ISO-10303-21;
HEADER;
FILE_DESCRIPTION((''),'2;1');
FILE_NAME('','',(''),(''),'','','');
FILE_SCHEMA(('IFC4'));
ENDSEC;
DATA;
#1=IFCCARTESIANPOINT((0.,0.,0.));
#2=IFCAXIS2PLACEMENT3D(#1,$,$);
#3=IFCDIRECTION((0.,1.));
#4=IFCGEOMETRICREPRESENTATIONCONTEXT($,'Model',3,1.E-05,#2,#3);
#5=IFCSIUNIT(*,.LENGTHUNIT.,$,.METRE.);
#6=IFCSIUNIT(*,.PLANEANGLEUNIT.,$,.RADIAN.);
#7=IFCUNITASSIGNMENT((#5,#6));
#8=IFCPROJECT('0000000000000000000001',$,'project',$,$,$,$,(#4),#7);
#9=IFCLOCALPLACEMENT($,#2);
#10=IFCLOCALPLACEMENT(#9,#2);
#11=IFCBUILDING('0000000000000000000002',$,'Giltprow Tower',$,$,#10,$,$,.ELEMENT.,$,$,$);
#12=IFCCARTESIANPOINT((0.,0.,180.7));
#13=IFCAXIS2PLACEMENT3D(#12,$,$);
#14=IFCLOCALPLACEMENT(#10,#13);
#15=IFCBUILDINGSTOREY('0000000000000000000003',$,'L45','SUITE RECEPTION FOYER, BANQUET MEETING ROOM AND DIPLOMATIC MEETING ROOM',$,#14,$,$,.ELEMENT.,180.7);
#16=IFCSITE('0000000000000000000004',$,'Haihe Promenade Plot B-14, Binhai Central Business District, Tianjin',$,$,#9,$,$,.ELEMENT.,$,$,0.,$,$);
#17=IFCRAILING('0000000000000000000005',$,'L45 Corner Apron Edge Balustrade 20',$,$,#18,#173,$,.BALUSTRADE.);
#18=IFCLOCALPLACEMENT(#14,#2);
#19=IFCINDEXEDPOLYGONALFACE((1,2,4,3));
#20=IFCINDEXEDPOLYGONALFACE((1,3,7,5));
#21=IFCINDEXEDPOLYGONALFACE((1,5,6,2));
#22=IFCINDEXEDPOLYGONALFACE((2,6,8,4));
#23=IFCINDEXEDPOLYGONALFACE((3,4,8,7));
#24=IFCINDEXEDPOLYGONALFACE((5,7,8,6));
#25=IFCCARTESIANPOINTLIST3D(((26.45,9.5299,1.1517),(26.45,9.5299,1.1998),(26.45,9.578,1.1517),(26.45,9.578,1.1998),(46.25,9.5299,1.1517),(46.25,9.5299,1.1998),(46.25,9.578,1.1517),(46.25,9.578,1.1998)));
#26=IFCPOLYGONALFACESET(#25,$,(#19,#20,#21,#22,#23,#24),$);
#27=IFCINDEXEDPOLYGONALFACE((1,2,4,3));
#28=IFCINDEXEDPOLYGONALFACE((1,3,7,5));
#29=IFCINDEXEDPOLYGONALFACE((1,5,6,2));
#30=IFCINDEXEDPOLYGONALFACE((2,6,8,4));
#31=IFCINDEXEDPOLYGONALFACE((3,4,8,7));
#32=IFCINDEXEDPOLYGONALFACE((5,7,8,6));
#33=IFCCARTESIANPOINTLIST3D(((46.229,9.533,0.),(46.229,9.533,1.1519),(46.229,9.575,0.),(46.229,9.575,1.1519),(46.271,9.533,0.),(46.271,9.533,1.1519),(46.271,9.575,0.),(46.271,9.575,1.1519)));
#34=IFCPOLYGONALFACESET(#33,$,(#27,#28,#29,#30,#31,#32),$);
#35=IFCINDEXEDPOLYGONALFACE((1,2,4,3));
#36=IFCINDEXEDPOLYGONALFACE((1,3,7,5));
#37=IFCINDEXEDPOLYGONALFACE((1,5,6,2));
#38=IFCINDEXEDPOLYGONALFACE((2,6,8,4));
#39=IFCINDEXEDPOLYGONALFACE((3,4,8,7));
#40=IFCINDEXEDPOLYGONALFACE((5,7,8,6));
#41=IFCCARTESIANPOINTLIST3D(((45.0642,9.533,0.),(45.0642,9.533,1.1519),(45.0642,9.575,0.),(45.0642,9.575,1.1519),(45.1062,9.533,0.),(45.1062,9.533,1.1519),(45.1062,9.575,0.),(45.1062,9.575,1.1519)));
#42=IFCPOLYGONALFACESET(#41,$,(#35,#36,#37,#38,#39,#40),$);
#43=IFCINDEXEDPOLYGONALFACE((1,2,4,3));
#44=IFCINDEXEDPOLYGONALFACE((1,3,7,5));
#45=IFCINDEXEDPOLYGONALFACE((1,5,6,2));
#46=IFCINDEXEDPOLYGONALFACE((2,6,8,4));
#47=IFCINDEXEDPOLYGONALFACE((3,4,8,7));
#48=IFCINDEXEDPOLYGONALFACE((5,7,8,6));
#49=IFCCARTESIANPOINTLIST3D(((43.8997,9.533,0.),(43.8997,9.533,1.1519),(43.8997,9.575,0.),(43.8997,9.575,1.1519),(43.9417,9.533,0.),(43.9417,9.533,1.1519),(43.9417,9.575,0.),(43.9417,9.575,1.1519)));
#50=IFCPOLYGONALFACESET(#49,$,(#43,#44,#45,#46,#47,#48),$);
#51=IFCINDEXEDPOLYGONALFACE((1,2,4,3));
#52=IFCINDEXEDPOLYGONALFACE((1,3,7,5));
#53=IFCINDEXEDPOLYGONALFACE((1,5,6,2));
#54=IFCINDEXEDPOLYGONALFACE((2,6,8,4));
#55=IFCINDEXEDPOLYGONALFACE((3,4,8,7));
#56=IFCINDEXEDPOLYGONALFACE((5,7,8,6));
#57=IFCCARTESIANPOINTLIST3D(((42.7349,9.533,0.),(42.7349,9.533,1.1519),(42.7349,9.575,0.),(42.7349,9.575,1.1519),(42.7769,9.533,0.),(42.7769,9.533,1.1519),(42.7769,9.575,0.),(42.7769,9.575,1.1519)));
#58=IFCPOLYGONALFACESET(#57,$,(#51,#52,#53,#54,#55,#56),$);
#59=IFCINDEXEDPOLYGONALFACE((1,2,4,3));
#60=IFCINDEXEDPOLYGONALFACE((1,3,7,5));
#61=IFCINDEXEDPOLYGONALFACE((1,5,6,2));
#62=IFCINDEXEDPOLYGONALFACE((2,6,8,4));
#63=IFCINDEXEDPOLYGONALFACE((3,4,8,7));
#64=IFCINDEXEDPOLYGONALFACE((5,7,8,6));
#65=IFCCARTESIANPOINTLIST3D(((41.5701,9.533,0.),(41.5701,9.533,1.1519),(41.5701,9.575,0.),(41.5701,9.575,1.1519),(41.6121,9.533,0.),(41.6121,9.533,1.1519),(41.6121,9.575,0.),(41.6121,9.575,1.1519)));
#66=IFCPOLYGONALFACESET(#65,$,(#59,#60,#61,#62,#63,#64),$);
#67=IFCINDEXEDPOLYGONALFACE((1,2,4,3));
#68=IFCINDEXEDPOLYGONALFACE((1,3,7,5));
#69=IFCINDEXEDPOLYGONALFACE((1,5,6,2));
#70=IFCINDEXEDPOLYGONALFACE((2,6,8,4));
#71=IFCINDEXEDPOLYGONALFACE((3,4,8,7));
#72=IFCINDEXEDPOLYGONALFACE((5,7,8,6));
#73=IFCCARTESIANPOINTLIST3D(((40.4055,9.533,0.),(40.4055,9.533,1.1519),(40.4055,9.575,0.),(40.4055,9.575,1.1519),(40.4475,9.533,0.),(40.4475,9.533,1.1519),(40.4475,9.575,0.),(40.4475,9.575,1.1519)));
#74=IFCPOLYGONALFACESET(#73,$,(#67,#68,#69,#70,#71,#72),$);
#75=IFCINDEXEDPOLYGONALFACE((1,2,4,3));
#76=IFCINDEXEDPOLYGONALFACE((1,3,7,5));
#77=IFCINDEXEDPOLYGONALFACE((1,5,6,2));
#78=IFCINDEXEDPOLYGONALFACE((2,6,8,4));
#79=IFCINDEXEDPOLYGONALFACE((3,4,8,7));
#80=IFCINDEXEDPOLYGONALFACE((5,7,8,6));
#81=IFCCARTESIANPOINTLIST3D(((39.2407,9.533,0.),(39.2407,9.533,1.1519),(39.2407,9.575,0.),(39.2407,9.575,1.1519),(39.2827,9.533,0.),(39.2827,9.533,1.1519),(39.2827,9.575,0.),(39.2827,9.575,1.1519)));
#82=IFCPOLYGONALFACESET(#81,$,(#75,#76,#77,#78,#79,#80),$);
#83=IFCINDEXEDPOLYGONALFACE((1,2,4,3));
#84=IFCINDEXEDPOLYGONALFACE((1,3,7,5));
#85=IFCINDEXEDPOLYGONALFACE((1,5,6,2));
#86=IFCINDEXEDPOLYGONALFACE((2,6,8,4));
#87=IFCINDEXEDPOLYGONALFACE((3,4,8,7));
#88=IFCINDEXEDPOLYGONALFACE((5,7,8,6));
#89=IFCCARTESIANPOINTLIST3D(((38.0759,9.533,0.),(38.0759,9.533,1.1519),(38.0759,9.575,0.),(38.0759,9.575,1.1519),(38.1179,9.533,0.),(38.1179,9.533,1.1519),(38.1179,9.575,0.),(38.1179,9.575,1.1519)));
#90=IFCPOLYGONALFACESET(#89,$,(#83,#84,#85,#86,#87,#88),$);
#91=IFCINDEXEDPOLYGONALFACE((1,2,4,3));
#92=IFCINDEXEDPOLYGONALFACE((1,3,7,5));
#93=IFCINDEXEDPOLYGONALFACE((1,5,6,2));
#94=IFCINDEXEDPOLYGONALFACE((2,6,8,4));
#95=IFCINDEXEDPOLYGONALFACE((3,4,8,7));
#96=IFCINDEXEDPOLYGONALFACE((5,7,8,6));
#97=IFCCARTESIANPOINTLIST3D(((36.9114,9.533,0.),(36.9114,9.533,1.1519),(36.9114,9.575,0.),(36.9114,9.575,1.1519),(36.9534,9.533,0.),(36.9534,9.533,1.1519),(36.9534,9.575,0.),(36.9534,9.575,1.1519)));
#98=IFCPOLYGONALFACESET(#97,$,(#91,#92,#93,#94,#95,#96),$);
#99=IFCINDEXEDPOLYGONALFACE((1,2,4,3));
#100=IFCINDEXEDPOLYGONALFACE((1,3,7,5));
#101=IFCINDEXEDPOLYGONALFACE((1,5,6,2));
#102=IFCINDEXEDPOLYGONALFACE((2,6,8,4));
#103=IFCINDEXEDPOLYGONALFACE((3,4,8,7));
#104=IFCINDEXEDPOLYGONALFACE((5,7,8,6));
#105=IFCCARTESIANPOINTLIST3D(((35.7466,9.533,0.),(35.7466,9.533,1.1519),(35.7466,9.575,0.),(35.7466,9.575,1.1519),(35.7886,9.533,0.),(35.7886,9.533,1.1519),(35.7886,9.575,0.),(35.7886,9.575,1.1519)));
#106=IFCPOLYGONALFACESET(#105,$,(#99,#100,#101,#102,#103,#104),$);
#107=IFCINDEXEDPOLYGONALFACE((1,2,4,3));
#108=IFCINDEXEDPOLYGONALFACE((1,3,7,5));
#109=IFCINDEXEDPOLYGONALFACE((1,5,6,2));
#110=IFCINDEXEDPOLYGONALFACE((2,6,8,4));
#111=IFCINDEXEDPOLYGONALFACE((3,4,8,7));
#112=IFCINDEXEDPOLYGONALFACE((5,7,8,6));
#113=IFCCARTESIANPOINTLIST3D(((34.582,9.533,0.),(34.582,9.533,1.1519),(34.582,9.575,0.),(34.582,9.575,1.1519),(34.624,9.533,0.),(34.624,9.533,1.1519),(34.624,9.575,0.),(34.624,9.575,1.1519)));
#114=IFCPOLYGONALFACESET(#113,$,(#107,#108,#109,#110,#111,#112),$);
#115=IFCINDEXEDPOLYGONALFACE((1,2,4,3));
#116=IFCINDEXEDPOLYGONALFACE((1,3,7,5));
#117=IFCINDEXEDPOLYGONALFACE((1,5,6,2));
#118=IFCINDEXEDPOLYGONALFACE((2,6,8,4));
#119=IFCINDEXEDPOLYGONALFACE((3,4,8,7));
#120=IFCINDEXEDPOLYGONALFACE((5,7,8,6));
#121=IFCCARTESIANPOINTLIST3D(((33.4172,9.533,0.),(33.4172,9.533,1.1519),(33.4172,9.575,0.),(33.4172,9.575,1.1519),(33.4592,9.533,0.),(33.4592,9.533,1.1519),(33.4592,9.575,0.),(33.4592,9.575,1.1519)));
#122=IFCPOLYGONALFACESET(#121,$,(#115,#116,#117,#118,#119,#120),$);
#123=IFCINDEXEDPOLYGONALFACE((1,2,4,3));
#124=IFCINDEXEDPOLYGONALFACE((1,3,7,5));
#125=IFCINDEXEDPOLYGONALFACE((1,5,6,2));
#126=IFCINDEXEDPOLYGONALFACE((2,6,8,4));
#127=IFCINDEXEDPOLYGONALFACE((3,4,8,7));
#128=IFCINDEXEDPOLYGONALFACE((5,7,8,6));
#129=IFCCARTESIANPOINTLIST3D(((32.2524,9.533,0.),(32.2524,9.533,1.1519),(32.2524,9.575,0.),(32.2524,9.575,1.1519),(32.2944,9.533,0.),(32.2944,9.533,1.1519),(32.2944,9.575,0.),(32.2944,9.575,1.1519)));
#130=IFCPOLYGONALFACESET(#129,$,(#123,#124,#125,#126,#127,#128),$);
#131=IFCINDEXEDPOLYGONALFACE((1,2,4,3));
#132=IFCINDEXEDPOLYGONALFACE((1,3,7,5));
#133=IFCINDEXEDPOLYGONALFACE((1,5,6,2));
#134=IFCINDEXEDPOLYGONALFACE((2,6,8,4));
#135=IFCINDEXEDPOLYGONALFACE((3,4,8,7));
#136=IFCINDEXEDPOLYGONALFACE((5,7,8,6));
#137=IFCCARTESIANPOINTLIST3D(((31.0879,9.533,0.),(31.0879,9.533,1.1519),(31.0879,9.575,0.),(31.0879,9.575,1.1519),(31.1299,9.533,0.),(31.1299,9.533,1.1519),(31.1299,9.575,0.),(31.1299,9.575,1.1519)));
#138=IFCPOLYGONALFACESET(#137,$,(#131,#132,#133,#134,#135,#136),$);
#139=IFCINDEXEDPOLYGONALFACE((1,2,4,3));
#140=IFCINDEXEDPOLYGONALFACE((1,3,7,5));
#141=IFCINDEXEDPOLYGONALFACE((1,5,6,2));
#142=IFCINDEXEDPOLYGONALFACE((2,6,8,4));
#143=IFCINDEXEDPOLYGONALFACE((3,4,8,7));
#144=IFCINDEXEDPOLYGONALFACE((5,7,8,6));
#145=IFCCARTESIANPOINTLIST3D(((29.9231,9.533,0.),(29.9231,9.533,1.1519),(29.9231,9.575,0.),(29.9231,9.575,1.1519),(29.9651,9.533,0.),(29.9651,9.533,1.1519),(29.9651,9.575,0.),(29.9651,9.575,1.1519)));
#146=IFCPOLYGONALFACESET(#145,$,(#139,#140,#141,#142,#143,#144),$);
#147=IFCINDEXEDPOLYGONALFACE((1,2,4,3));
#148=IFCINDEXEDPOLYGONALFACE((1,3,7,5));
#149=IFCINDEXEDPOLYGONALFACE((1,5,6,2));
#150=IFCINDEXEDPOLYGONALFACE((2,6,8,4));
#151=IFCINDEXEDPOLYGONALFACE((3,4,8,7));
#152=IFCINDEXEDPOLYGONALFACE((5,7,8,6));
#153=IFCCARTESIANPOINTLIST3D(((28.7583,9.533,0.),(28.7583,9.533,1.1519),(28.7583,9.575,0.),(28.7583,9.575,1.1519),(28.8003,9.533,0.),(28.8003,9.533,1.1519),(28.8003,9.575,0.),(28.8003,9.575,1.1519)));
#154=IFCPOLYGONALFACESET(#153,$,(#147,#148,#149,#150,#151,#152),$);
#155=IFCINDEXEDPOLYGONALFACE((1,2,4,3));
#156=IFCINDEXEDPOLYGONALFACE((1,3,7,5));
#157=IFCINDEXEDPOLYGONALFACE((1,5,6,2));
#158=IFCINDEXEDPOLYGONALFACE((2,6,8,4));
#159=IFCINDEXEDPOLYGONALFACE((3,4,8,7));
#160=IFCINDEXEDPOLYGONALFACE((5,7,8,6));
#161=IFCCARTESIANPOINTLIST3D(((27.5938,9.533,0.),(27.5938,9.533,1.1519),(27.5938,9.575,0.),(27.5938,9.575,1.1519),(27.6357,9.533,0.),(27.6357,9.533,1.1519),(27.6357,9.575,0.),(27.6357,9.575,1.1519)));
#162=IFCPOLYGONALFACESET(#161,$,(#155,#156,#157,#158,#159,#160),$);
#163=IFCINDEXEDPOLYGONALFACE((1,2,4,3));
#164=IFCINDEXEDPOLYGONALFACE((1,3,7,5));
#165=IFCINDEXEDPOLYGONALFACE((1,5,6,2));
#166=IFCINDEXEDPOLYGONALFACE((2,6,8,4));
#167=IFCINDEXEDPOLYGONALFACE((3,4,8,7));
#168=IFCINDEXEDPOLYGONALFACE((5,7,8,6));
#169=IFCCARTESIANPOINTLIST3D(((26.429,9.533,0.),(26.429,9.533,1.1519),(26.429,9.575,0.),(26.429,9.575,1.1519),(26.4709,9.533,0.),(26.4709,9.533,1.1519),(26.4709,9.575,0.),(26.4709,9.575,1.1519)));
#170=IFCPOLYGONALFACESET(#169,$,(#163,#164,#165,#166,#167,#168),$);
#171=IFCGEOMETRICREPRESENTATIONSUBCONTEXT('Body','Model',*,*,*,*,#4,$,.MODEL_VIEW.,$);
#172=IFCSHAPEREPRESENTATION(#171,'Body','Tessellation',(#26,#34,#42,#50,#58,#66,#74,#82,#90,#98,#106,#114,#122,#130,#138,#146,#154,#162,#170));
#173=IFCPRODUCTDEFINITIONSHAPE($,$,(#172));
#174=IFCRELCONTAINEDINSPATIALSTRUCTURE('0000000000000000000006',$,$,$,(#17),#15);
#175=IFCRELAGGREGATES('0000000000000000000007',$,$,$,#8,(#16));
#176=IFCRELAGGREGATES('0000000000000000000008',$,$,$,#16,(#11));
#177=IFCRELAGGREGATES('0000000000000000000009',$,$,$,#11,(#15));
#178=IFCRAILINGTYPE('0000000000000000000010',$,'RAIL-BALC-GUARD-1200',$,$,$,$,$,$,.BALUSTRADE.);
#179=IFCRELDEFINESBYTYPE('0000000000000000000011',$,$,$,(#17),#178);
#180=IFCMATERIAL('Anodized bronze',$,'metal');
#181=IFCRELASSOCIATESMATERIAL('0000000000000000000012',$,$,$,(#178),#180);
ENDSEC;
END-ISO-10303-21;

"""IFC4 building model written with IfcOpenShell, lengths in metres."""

from ifc_helpers import new_model, si_unit, direction, frame, origin, origin_2d, place, context, subcontext, project, spatial, rectangle, extrude, material, type_object, element, save


model = new_model("IFC4")

# Units and contexts
model_context = context("Model", 3, precision=1e-05, world=origin(), true_north=direction((0.0, 1.0)))
body_context = subcontext(model_context, "Body", "Model", "MODEL_VIEW")
ifc_project = project(units=[si_unit("LENGTHUNIT", "METRE"), si_unit("PLANEANGLEUNIT", "RADIAN")], contexts=[model_context])

# Site, building, storey
site_placement = place(None, origin())
site = spatial("IfcSite", under=ifc_project, at=site_placement, Name="Haihe Promenade Plot B-14, Binhai Central Business District, Tianjin", CompositionType="ELEMENT", RefElevation=0.0)
building_placement = place(site_placement, origin())
building = spatial("IfcBuilding", under=site, at=building_placement, Name="Giltprow Tower", CompositionType="ELEMENT")
storey_placement = place(building_placement, frame((0.0, 0.0, 180.7)))
storey = spatial("IfcBuildingStorey", under=building, at=storey_placement, Name="L45", Description="SUITE RECEPTION FOYER, BANQUET MEETING ROOM AND DIPLOMATIC MEETING ROOM", CompositionType="ELEMENT", Elevation=180.7)

# Shared definitions
ifc_material_1 = material(Name="Anodized bronze", Category="metal")

# Railing
railing_type = type_object("IfcRailingType", Name="RAIL-BALC-GUARD-1200", PredefinedType="BALUSTRADE", material=ifc_material_1)
railing_1_placement = place(storey_placement, frame((46.25, 9.554, 0.0)))
element("IfcRailing", 1, at=railing_1_placement, inside=storey, type_object=railing_type, Name="L45 Corner Apron Edge Balustrade 20", PredefinedType="BALUSTRADE", context=body_context, shape_type="SweptSolid", body=[
    extrude(rectangle(XDim=0.0481, YDim=0.0481, at=origin_2d()), frame((0.0, 0.0, 1.1758), z_axis=(-1.0, 0.0, 0.0), x_axis=(0.0, -1.0, 0.0)), (0.0, 0.0, 1.0), 19.8),
    extrude(rectangle(XDim=0.042, YDim=0.042, at=origin_2d()), origin(), (0.0, 0.0, 1.0), 1.1519),
    extrude(rectangle(XDim=0.042, YDim=0.042, at=origin_2d()), frame((-1.1648, 0.0, 0.0)), (0.0, 0.0, 1.0), 1.1519),
    extrude(rectangle(XDim=0.042, YDim=0.042, at=origin_2d()), frame((-2.3293, 0.0, 0.0)), (0.0, 0.0, 1.0), 1.1519),
    extrude(rectangle(XDim=0.042, YDim=0.042, at=origin_2d()), frame((-3.4941, 0.0, 0.0)), (0.0, 0.0, 1.0), 1.1519),
    extrude(rectangle(XDim=0.042, YDim=0.042, at=origin_2d()), frame((-4.6589, 0.0, 0.0)), (0.0, 0.0, 1.0), 1.1519),
    extrude(rectangle(XDim=0.042, YDim=0.042, at=origin_2d()), frame((-5.8235, 0.0, 0.0)), (0.0, 0.0, 1.0), 1.1519),
    extrude(rectangle(XDim=0.042, YDim=0.042, at=origin_2d()), frame((-6.9883, 0.0, 0.0)), (0.0, 0.0, 1.0), 1.1519),
    extrude(rectangle(XDim=0.042, YDim=0.042, at=origin_2d()), frame((-8.1531, 0.0, 0.0)), (0.0, 0.0, 1.0), 1.1519),
    extrude(rectangle(XDim=0.042, YDim=0.042, at=origin_2d()), frame((-9.3176, 0.0, 0.0)), (0.0, 0.0, 1.0), 1.1519),
    extrude(rectangle(XDim=0.042, YDim=0.042, at=origin_2d()), frame((-10.4824, 0.0, 0.0)), (0.0, 0.0, 1.0), 1.1519),
    extrude(rectangle(XDim=0.042, YDim=0.042, at=origin_2d()), frame((-11.647, 0.0, 0.0)), (0.0, 0.0, 1.0), 1.1519),
    extrude(rectangle(XDim=0.042, YDim=0.042, at=origin_2d()), frame((-12.8118, 0.0, 0.0)), (0.0, 0.0, 1.0), 1.1519),
    extrude(rectangle(XDim=0.042, YDim=0.042, at=origin_2d()), frame((-13.9766, 0.0, 0.0)), (0.0, 0.0, 1.0), 1.1519),
    extrude(rectangle(XDim=0.042, YDim=0.042, at=origin_2d()), frame((-15.1411, 0.0, 0.0)), (0.0, 0.0, 1.0), 1.1519),
    extrude(rectangle(XDim=0.042, YDim=0.042, at=origin_2d()), frame((-16.3059, 0.0, 0.0)), (0.0, 0.0, 1.0), 1.1519),
    extrude(rectangle(XDim=0.042, YDim=0.042, at=origin_2d()), frame((-17.4707, 0.0, 0.0)), (0.0, 0.0, 1.0), 1.1519),
    extrude(rectangle(XDim=0.042, YDim=0.042, at=origin_2d()), frame((-18.6353, 0.0, 0.0)), (0.0, 0.0, 1.0), 1.1519),
    extrude(rectangle(XDim=0.042, YDim=0.042, at=origin_2d()), frame((-19.8, 0.0, 0.0)), (0.0, 0.0, 1.0), 1.1519),
])

save(model, "model.ifc")
